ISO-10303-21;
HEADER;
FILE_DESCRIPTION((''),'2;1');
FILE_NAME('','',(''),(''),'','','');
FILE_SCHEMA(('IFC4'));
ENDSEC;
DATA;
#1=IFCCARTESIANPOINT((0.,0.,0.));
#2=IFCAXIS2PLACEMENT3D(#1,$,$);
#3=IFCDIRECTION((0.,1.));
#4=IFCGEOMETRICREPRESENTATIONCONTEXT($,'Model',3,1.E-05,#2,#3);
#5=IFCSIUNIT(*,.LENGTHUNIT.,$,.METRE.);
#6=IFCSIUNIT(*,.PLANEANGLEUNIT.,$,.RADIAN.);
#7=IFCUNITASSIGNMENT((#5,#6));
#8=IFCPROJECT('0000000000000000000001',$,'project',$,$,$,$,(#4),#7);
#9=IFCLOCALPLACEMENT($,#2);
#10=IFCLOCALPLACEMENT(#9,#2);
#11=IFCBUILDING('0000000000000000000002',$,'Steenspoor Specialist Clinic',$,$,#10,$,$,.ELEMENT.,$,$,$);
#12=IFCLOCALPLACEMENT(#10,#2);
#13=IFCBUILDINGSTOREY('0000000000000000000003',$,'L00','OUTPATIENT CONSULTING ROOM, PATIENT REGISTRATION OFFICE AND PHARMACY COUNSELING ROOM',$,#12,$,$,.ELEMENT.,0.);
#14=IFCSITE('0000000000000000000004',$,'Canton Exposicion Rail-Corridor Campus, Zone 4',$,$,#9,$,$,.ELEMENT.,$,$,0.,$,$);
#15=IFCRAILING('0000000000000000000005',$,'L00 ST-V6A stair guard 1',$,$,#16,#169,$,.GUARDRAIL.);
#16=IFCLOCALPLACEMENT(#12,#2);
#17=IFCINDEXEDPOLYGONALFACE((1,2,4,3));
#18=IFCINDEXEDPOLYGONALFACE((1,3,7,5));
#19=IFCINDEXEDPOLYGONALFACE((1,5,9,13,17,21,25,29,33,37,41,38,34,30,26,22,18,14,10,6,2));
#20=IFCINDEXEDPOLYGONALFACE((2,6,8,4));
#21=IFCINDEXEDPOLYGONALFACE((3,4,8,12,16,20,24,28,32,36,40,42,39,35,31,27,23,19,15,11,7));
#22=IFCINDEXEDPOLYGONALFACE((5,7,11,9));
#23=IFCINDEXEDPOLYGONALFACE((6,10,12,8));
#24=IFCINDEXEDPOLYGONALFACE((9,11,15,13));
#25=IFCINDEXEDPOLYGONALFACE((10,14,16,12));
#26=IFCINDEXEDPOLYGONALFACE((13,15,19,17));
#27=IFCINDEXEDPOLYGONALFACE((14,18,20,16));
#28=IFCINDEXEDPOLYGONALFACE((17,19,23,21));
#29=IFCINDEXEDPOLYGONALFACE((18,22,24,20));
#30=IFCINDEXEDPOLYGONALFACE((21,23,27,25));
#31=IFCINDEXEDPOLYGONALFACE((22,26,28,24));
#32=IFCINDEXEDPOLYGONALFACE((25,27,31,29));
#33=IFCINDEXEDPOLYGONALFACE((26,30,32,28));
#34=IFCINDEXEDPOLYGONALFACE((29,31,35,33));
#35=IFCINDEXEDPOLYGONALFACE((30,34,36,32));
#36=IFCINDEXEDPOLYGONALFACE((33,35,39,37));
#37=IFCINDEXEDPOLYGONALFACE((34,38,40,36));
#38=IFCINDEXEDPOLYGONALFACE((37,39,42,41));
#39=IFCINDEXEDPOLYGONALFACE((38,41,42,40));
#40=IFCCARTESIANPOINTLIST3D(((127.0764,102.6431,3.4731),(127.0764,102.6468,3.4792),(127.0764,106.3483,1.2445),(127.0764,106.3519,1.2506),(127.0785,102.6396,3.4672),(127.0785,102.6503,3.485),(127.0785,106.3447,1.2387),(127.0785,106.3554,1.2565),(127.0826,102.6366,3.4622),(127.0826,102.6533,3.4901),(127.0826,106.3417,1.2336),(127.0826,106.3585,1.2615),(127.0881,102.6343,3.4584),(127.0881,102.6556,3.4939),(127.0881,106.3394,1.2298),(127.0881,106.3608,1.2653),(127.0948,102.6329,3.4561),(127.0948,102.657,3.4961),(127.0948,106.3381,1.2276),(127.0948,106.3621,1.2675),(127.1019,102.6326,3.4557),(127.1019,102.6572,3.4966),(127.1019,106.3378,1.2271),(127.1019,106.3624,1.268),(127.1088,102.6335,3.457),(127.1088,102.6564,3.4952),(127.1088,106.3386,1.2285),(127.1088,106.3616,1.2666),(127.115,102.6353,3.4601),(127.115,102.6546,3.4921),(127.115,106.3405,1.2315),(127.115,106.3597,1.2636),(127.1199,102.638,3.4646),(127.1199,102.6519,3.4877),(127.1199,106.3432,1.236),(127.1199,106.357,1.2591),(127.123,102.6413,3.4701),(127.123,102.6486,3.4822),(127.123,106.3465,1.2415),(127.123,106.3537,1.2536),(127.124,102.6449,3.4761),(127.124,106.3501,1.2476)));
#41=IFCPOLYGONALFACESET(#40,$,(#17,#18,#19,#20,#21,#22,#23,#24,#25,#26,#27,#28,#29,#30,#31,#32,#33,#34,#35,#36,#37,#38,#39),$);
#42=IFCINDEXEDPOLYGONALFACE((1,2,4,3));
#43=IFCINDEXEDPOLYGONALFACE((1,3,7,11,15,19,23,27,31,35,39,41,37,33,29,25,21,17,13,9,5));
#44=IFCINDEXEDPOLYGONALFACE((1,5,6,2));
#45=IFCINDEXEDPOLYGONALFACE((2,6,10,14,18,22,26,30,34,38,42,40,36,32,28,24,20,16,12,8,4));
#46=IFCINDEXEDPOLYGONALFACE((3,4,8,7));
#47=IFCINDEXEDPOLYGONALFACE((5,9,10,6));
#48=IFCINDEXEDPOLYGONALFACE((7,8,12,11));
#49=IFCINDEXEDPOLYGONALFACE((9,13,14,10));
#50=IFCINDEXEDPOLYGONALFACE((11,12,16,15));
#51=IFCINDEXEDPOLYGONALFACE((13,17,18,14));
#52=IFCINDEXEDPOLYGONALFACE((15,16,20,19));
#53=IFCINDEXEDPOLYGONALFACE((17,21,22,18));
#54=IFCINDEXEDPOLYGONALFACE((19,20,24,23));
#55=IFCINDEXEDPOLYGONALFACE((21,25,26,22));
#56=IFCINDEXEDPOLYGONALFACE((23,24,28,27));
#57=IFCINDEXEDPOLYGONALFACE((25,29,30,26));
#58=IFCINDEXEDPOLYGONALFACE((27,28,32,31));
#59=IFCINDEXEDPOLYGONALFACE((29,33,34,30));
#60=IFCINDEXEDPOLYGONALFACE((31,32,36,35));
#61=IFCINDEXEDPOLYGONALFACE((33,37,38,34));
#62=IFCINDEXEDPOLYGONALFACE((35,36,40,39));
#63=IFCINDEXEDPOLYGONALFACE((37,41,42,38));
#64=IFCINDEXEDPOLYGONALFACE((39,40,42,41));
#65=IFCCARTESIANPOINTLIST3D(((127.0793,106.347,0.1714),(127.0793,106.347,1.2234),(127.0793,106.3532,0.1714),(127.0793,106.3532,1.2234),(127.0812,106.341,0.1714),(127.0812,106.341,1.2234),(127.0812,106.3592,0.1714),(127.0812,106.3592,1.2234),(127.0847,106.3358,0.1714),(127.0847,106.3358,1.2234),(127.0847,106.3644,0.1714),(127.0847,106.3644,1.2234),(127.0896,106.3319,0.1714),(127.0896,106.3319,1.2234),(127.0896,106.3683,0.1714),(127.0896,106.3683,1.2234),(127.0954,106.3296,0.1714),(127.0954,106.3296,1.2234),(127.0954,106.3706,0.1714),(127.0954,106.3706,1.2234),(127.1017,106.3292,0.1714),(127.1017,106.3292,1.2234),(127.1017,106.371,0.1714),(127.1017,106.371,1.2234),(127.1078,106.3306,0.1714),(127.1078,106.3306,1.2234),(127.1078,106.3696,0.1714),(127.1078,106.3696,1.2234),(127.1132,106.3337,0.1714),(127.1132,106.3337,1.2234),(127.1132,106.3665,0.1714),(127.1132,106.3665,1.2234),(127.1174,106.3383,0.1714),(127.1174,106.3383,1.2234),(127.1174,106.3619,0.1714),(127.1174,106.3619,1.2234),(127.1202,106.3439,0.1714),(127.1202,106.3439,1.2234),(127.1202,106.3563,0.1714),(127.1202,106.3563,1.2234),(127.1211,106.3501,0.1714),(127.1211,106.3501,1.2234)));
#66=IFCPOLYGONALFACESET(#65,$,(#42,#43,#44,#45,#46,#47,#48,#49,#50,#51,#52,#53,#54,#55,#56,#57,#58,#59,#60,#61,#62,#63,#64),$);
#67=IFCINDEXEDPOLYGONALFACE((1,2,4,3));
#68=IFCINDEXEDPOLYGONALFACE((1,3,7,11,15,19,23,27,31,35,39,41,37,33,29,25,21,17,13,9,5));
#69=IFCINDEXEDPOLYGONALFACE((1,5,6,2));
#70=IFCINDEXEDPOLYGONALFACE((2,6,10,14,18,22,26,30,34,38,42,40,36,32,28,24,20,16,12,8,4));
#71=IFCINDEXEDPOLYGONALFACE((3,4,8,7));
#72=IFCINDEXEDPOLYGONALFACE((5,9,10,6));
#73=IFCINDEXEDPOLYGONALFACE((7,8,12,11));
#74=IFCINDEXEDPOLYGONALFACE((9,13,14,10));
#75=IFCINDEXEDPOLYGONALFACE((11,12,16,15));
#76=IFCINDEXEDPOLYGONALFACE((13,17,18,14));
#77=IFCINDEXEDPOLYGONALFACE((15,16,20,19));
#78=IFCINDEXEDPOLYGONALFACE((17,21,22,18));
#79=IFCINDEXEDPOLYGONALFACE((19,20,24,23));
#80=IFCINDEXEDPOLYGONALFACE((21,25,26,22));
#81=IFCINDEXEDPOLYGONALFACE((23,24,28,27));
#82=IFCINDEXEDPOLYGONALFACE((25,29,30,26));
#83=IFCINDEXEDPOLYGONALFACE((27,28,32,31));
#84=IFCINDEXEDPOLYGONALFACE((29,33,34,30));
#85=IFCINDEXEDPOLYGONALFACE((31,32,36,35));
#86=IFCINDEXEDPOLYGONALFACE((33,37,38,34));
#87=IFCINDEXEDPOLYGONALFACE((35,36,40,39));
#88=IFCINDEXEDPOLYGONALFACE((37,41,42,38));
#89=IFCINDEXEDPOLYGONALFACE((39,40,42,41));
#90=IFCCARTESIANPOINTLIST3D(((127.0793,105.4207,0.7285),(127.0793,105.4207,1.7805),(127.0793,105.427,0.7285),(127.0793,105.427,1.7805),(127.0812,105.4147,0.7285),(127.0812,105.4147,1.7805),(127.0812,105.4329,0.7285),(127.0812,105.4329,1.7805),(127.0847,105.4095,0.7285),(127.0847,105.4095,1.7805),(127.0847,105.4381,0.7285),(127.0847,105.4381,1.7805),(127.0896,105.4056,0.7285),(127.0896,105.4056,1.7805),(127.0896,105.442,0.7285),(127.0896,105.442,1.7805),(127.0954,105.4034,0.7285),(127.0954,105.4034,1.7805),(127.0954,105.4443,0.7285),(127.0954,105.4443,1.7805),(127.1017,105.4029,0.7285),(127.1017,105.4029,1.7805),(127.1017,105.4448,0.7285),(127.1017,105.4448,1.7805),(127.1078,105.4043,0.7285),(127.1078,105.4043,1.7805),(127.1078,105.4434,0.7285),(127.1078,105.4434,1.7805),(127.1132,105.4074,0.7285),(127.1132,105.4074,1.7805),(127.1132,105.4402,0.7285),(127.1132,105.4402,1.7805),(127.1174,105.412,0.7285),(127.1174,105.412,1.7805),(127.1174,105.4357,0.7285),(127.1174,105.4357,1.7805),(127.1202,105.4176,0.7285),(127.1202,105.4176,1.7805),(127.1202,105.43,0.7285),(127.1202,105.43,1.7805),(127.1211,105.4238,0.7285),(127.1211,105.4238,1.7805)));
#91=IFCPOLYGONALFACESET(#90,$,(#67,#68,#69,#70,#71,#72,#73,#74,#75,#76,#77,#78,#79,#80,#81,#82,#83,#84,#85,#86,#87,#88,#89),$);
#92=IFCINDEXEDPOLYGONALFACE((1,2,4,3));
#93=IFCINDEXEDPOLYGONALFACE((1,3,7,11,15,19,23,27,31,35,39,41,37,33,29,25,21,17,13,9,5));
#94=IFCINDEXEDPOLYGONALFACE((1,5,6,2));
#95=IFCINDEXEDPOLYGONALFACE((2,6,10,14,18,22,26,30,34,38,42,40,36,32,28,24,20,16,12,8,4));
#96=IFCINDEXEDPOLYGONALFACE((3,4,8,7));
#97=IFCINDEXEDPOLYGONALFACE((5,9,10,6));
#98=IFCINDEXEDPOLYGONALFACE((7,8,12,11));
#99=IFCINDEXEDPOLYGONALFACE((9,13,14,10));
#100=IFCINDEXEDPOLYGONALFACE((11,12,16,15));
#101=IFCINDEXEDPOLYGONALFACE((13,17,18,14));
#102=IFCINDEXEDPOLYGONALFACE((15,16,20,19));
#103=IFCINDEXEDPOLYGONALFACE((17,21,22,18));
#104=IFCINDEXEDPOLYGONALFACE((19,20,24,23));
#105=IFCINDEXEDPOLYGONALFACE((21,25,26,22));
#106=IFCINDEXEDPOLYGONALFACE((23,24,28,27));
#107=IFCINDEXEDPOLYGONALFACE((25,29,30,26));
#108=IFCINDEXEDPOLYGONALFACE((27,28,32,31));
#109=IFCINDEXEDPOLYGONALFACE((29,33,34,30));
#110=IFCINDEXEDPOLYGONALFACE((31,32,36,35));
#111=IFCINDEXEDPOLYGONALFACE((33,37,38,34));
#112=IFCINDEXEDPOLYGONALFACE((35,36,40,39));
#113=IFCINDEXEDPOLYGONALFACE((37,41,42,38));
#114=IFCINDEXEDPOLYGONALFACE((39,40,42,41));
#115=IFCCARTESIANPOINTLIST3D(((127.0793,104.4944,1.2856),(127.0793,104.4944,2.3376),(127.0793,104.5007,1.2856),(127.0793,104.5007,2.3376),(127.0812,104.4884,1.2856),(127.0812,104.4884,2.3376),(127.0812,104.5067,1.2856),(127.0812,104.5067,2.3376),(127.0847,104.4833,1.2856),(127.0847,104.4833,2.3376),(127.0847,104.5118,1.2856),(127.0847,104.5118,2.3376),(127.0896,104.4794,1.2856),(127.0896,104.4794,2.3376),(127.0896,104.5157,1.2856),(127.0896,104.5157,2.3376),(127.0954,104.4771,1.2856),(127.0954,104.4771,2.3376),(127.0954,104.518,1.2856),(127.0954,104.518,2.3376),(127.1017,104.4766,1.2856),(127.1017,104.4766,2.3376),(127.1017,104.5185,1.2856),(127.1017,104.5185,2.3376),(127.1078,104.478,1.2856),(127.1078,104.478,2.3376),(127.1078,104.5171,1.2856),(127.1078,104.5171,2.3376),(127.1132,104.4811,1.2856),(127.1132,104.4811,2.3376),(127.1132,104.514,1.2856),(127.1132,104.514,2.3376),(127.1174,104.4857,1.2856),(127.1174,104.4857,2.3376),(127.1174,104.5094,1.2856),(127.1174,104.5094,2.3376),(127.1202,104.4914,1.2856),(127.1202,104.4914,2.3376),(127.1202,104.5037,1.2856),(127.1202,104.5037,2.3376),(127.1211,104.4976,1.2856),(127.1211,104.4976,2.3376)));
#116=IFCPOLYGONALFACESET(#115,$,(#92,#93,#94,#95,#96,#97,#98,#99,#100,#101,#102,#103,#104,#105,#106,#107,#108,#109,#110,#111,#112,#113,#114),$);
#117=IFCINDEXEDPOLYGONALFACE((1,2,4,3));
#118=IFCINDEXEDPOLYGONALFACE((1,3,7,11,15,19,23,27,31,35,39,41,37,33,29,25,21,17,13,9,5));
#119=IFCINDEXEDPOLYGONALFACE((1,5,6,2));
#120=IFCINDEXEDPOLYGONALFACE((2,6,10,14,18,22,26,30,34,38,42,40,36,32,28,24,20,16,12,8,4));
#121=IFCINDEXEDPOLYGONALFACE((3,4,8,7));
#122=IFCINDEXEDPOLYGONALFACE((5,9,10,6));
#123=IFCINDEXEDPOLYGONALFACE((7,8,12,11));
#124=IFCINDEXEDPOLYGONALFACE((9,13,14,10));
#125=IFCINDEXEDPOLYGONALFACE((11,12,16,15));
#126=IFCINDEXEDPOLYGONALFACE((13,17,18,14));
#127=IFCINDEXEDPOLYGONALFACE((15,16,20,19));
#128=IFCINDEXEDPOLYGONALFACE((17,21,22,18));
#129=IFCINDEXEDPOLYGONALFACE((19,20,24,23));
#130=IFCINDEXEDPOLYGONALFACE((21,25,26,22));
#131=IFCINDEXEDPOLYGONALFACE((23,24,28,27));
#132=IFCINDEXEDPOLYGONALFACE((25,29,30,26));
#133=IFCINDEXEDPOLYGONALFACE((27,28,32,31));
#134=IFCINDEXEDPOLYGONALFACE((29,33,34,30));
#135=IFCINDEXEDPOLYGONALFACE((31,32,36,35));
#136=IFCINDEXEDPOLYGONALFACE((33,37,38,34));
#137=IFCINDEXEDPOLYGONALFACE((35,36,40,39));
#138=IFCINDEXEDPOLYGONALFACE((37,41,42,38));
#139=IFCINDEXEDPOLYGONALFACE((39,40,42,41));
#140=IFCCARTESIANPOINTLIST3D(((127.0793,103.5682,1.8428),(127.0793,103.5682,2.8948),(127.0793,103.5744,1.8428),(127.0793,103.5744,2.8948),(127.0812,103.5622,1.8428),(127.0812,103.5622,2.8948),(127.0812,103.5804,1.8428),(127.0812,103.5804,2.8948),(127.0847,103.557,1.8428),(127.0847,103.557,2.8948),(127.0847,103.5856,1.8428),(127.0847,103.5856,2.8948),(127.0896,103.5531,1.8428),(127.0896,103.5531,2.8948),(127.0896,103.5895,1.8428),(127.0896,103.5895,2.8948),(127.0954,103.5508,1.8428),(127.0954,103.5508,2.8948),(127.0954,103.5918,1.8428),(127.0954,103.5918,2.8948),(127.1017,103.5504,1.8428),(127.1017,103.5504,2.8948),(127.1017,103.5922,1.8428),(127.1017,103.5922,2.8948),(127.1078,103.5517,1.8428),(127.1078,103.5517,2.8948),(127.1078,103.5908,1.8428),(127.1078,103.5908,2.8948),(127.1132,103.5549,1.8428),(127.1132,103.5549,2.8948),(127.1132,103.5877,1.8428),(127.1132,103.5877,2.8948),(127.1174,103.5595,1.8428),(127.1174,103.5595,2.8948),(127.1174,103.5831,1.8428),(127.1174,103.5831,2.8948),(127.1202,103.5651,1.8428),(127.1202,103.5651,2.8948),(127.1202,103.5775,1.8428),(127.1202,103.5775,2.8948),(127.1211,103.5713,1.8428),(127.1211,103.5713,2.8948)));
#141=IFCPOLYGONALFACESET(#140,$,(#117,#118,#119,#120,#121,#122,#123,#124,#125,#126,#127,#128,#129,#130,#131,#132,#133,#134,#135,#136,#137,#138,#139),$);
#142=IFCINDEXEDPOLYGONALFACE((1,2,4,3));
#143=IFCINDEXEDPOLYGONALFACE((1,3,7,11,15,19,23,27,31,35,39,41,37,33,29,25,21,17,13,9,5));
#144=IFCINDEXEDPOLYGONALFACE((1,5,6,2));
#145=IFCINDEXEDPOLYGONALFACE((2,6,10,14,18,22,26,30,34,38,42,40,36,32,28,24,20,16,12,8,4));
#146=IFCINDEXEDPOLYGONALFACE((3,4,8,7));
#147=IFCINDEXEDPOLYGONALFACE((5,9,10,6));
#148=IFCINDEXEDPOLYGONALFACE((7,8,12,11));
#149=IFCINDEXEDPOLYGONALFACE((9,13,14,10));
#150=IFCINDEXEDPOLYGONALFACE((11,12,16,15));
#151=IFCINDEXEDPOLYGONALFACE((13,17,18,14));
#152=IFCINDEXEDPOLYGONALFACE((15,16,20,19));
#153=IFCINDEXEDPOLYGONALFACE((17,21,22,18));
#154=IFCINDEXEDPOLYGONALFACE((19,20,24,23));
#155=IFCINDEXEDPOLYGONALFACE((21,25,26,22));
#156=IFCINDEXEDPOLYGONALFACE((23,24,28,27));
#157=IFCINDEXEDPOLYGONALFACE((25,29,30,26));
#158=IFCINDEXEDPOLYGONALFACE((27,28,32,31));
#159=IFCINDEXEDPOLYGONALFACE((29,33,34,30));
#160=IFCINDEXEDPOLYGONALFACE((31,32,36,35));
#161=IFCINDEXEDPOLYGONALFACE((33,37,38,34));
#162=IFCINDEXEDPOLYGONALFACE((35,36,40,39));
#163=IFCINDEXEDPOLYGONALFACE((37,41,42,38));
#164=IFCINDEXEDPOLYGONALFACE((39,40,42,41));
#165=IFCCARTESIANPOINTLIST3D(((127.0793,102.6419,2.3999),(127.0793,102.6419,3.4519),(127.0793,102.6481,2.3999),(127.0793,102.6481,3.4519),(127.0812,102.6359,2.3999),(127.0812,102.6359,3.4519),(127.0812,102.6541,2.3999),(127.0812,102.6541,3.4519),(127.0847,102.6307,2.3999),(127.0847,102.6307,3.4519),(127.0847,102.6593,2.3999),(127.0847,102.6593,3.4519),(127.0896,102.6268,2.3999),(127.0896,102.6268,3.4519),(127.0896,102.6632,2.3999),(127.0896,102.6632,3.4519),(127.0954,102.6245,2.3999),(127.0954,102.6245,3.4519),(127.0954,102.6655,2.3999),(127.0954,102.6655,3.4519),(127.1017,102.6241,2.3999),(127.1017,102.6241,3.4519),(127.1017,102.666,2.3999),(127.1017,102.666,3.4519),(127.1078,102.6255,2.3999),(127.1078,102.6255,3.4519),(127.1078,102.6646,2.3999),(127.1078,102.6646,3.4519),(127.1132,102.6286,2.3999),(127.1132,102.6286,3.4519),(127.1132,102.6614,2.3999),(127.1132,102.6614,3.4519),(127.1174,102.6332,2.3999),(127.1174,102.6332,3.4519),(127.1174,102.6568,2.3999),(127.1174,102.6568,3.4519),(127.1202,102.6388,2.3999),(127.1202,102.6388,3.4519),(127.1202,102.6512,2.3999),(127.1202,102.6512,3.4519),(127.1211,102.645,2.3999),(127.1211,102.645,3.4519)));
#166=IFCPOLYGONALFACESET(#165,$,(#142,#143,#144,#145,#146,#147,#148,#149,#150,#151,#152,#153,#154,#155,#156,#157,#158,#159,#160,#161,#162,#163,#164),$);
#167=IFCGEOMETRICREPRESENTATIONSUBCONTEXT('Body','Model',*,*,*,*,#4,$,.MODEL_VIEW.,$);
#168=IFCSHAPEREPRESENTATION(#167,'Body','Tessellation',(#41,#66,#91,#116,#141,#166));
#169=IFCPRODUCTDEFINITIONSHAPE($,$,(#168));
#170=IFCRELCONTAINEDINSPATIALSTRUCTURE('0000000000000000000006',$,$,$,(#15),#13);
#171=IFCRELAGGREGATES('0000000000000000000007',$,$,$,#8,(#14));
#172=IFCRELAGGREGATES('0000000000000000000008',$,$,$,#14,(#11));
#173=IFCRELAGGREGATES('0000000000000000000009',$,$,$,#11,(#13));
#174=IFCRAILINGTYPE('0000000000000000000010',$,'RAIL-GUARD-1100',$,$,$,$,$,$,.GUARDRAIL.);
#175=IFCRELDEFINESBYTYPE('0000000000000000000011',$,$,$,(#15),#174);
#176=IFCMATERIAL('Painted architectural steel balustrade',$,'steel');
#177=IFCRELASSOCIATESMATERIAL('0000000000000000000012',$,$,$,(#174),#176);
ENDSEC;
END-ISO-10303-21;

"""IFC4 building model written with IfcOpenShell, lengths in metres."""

from ifc_helpers import new_model, si_unit, direction, frame, origin, origin_2d, place, context, subcontext, project, spatial, circle, extrude, material, type_object, element, save


model = new_model("IFC4")

# Units and contexts
model_context = context("Model", 3, precision=1e-05, world=origin(), true_north=direction((0.0, 1.0)))
body_context = subcontext(model_context, "Body", "Model", "MODEL_VIEW")
ifc_project = project(units=[si_unit("LENGTHUNIT", "METRE"), si_unit("PLANEANGLEUNIT", "RADIAN")], contexts=[model_context])

# Site, building, storey
site_placement = place(None, origin())
site = spatial("IfcSite", under=ifc_project, at=site_placement, Name="Canton Exposicion Rail-Corridor Campus, Zone 4", CompositionType="ELEMENT", RefElevation=0.0)
building_placement = place(site_placement, origin())
building = spatial("IfcBuilding", under=site, at=building_placement, Name="Steenspoor Specialist Clinic", CompositionType="ELEMENT")
storey_placement = place(building_placement, origin())
storey = spatial("IfcBuildingStorey", under=building, at=storey_placement, Name="L00", Description="OUTPATIENT CONSULTING ROOM, PATIENT REGISTRATION OFFICE AND PHARMACY COUNSELING ROOM", CompositionType="ELEMENT", Elevation=0.0)

# Railing
ifc_material_1 = material(Name="Painted architectural steel balustrade", Category="steel")
railing_type_1 = type_object("IfcRailingType", Name="RAIL-GUARD-1100", PredefinedType="GUARDRAIL", material=ifc_material_1)
railing_1_placement = place(storey_placement, frame((127.1001, 106.3501, 0.1714)))
element("IfcRailing", 1, at=railing_1_placement, inside=storey, type_object=railing_type_1, Name="L00 ST-V6A stair guard 1", PredefinedType="GUARDRAIL", context=body_context, shape_type="SweptSolid", body=[
    extrude(circle(Radius=0.0239, at=origin_2d()), frame((0.0, 0.0, 1.0762), z_axis=(0.0, -0.856934, 0.515425), x_axis=(1.0, 0.0, 0.0)), (0.0, 0.0, 1.0), 4.3237),
    extrude(circle(Radius=0.021, at=origin_2d()), origin(), (0.0, 0.0, 1.0), 1.052),
    extrude(circle(Radius=0.021, at=origin_2d()), frame((0.0, -0.9263, 0.5571)), (0.0, 0.0, 1.0), 1.052),
    extrude(circle(Radius=0.021, at=origin_2d()), frame((0.0, -1.8525, 1.1143)), (0.0, 0.0, 1.0), 1.052),
    extrude(circle(Radius=0.021, at=origin_2d()), frame((0.0, -2.7788, 1.6714)), (0.0, 0.0, 1.0), 1.052),
    extrude(circle(Radius=0.021, at=origin_2d()), frame((0.0, -3.7051, 2.2285)), (0.0, 0.0, 1.0), 1.052),
])

save(model, "model.ifc")
